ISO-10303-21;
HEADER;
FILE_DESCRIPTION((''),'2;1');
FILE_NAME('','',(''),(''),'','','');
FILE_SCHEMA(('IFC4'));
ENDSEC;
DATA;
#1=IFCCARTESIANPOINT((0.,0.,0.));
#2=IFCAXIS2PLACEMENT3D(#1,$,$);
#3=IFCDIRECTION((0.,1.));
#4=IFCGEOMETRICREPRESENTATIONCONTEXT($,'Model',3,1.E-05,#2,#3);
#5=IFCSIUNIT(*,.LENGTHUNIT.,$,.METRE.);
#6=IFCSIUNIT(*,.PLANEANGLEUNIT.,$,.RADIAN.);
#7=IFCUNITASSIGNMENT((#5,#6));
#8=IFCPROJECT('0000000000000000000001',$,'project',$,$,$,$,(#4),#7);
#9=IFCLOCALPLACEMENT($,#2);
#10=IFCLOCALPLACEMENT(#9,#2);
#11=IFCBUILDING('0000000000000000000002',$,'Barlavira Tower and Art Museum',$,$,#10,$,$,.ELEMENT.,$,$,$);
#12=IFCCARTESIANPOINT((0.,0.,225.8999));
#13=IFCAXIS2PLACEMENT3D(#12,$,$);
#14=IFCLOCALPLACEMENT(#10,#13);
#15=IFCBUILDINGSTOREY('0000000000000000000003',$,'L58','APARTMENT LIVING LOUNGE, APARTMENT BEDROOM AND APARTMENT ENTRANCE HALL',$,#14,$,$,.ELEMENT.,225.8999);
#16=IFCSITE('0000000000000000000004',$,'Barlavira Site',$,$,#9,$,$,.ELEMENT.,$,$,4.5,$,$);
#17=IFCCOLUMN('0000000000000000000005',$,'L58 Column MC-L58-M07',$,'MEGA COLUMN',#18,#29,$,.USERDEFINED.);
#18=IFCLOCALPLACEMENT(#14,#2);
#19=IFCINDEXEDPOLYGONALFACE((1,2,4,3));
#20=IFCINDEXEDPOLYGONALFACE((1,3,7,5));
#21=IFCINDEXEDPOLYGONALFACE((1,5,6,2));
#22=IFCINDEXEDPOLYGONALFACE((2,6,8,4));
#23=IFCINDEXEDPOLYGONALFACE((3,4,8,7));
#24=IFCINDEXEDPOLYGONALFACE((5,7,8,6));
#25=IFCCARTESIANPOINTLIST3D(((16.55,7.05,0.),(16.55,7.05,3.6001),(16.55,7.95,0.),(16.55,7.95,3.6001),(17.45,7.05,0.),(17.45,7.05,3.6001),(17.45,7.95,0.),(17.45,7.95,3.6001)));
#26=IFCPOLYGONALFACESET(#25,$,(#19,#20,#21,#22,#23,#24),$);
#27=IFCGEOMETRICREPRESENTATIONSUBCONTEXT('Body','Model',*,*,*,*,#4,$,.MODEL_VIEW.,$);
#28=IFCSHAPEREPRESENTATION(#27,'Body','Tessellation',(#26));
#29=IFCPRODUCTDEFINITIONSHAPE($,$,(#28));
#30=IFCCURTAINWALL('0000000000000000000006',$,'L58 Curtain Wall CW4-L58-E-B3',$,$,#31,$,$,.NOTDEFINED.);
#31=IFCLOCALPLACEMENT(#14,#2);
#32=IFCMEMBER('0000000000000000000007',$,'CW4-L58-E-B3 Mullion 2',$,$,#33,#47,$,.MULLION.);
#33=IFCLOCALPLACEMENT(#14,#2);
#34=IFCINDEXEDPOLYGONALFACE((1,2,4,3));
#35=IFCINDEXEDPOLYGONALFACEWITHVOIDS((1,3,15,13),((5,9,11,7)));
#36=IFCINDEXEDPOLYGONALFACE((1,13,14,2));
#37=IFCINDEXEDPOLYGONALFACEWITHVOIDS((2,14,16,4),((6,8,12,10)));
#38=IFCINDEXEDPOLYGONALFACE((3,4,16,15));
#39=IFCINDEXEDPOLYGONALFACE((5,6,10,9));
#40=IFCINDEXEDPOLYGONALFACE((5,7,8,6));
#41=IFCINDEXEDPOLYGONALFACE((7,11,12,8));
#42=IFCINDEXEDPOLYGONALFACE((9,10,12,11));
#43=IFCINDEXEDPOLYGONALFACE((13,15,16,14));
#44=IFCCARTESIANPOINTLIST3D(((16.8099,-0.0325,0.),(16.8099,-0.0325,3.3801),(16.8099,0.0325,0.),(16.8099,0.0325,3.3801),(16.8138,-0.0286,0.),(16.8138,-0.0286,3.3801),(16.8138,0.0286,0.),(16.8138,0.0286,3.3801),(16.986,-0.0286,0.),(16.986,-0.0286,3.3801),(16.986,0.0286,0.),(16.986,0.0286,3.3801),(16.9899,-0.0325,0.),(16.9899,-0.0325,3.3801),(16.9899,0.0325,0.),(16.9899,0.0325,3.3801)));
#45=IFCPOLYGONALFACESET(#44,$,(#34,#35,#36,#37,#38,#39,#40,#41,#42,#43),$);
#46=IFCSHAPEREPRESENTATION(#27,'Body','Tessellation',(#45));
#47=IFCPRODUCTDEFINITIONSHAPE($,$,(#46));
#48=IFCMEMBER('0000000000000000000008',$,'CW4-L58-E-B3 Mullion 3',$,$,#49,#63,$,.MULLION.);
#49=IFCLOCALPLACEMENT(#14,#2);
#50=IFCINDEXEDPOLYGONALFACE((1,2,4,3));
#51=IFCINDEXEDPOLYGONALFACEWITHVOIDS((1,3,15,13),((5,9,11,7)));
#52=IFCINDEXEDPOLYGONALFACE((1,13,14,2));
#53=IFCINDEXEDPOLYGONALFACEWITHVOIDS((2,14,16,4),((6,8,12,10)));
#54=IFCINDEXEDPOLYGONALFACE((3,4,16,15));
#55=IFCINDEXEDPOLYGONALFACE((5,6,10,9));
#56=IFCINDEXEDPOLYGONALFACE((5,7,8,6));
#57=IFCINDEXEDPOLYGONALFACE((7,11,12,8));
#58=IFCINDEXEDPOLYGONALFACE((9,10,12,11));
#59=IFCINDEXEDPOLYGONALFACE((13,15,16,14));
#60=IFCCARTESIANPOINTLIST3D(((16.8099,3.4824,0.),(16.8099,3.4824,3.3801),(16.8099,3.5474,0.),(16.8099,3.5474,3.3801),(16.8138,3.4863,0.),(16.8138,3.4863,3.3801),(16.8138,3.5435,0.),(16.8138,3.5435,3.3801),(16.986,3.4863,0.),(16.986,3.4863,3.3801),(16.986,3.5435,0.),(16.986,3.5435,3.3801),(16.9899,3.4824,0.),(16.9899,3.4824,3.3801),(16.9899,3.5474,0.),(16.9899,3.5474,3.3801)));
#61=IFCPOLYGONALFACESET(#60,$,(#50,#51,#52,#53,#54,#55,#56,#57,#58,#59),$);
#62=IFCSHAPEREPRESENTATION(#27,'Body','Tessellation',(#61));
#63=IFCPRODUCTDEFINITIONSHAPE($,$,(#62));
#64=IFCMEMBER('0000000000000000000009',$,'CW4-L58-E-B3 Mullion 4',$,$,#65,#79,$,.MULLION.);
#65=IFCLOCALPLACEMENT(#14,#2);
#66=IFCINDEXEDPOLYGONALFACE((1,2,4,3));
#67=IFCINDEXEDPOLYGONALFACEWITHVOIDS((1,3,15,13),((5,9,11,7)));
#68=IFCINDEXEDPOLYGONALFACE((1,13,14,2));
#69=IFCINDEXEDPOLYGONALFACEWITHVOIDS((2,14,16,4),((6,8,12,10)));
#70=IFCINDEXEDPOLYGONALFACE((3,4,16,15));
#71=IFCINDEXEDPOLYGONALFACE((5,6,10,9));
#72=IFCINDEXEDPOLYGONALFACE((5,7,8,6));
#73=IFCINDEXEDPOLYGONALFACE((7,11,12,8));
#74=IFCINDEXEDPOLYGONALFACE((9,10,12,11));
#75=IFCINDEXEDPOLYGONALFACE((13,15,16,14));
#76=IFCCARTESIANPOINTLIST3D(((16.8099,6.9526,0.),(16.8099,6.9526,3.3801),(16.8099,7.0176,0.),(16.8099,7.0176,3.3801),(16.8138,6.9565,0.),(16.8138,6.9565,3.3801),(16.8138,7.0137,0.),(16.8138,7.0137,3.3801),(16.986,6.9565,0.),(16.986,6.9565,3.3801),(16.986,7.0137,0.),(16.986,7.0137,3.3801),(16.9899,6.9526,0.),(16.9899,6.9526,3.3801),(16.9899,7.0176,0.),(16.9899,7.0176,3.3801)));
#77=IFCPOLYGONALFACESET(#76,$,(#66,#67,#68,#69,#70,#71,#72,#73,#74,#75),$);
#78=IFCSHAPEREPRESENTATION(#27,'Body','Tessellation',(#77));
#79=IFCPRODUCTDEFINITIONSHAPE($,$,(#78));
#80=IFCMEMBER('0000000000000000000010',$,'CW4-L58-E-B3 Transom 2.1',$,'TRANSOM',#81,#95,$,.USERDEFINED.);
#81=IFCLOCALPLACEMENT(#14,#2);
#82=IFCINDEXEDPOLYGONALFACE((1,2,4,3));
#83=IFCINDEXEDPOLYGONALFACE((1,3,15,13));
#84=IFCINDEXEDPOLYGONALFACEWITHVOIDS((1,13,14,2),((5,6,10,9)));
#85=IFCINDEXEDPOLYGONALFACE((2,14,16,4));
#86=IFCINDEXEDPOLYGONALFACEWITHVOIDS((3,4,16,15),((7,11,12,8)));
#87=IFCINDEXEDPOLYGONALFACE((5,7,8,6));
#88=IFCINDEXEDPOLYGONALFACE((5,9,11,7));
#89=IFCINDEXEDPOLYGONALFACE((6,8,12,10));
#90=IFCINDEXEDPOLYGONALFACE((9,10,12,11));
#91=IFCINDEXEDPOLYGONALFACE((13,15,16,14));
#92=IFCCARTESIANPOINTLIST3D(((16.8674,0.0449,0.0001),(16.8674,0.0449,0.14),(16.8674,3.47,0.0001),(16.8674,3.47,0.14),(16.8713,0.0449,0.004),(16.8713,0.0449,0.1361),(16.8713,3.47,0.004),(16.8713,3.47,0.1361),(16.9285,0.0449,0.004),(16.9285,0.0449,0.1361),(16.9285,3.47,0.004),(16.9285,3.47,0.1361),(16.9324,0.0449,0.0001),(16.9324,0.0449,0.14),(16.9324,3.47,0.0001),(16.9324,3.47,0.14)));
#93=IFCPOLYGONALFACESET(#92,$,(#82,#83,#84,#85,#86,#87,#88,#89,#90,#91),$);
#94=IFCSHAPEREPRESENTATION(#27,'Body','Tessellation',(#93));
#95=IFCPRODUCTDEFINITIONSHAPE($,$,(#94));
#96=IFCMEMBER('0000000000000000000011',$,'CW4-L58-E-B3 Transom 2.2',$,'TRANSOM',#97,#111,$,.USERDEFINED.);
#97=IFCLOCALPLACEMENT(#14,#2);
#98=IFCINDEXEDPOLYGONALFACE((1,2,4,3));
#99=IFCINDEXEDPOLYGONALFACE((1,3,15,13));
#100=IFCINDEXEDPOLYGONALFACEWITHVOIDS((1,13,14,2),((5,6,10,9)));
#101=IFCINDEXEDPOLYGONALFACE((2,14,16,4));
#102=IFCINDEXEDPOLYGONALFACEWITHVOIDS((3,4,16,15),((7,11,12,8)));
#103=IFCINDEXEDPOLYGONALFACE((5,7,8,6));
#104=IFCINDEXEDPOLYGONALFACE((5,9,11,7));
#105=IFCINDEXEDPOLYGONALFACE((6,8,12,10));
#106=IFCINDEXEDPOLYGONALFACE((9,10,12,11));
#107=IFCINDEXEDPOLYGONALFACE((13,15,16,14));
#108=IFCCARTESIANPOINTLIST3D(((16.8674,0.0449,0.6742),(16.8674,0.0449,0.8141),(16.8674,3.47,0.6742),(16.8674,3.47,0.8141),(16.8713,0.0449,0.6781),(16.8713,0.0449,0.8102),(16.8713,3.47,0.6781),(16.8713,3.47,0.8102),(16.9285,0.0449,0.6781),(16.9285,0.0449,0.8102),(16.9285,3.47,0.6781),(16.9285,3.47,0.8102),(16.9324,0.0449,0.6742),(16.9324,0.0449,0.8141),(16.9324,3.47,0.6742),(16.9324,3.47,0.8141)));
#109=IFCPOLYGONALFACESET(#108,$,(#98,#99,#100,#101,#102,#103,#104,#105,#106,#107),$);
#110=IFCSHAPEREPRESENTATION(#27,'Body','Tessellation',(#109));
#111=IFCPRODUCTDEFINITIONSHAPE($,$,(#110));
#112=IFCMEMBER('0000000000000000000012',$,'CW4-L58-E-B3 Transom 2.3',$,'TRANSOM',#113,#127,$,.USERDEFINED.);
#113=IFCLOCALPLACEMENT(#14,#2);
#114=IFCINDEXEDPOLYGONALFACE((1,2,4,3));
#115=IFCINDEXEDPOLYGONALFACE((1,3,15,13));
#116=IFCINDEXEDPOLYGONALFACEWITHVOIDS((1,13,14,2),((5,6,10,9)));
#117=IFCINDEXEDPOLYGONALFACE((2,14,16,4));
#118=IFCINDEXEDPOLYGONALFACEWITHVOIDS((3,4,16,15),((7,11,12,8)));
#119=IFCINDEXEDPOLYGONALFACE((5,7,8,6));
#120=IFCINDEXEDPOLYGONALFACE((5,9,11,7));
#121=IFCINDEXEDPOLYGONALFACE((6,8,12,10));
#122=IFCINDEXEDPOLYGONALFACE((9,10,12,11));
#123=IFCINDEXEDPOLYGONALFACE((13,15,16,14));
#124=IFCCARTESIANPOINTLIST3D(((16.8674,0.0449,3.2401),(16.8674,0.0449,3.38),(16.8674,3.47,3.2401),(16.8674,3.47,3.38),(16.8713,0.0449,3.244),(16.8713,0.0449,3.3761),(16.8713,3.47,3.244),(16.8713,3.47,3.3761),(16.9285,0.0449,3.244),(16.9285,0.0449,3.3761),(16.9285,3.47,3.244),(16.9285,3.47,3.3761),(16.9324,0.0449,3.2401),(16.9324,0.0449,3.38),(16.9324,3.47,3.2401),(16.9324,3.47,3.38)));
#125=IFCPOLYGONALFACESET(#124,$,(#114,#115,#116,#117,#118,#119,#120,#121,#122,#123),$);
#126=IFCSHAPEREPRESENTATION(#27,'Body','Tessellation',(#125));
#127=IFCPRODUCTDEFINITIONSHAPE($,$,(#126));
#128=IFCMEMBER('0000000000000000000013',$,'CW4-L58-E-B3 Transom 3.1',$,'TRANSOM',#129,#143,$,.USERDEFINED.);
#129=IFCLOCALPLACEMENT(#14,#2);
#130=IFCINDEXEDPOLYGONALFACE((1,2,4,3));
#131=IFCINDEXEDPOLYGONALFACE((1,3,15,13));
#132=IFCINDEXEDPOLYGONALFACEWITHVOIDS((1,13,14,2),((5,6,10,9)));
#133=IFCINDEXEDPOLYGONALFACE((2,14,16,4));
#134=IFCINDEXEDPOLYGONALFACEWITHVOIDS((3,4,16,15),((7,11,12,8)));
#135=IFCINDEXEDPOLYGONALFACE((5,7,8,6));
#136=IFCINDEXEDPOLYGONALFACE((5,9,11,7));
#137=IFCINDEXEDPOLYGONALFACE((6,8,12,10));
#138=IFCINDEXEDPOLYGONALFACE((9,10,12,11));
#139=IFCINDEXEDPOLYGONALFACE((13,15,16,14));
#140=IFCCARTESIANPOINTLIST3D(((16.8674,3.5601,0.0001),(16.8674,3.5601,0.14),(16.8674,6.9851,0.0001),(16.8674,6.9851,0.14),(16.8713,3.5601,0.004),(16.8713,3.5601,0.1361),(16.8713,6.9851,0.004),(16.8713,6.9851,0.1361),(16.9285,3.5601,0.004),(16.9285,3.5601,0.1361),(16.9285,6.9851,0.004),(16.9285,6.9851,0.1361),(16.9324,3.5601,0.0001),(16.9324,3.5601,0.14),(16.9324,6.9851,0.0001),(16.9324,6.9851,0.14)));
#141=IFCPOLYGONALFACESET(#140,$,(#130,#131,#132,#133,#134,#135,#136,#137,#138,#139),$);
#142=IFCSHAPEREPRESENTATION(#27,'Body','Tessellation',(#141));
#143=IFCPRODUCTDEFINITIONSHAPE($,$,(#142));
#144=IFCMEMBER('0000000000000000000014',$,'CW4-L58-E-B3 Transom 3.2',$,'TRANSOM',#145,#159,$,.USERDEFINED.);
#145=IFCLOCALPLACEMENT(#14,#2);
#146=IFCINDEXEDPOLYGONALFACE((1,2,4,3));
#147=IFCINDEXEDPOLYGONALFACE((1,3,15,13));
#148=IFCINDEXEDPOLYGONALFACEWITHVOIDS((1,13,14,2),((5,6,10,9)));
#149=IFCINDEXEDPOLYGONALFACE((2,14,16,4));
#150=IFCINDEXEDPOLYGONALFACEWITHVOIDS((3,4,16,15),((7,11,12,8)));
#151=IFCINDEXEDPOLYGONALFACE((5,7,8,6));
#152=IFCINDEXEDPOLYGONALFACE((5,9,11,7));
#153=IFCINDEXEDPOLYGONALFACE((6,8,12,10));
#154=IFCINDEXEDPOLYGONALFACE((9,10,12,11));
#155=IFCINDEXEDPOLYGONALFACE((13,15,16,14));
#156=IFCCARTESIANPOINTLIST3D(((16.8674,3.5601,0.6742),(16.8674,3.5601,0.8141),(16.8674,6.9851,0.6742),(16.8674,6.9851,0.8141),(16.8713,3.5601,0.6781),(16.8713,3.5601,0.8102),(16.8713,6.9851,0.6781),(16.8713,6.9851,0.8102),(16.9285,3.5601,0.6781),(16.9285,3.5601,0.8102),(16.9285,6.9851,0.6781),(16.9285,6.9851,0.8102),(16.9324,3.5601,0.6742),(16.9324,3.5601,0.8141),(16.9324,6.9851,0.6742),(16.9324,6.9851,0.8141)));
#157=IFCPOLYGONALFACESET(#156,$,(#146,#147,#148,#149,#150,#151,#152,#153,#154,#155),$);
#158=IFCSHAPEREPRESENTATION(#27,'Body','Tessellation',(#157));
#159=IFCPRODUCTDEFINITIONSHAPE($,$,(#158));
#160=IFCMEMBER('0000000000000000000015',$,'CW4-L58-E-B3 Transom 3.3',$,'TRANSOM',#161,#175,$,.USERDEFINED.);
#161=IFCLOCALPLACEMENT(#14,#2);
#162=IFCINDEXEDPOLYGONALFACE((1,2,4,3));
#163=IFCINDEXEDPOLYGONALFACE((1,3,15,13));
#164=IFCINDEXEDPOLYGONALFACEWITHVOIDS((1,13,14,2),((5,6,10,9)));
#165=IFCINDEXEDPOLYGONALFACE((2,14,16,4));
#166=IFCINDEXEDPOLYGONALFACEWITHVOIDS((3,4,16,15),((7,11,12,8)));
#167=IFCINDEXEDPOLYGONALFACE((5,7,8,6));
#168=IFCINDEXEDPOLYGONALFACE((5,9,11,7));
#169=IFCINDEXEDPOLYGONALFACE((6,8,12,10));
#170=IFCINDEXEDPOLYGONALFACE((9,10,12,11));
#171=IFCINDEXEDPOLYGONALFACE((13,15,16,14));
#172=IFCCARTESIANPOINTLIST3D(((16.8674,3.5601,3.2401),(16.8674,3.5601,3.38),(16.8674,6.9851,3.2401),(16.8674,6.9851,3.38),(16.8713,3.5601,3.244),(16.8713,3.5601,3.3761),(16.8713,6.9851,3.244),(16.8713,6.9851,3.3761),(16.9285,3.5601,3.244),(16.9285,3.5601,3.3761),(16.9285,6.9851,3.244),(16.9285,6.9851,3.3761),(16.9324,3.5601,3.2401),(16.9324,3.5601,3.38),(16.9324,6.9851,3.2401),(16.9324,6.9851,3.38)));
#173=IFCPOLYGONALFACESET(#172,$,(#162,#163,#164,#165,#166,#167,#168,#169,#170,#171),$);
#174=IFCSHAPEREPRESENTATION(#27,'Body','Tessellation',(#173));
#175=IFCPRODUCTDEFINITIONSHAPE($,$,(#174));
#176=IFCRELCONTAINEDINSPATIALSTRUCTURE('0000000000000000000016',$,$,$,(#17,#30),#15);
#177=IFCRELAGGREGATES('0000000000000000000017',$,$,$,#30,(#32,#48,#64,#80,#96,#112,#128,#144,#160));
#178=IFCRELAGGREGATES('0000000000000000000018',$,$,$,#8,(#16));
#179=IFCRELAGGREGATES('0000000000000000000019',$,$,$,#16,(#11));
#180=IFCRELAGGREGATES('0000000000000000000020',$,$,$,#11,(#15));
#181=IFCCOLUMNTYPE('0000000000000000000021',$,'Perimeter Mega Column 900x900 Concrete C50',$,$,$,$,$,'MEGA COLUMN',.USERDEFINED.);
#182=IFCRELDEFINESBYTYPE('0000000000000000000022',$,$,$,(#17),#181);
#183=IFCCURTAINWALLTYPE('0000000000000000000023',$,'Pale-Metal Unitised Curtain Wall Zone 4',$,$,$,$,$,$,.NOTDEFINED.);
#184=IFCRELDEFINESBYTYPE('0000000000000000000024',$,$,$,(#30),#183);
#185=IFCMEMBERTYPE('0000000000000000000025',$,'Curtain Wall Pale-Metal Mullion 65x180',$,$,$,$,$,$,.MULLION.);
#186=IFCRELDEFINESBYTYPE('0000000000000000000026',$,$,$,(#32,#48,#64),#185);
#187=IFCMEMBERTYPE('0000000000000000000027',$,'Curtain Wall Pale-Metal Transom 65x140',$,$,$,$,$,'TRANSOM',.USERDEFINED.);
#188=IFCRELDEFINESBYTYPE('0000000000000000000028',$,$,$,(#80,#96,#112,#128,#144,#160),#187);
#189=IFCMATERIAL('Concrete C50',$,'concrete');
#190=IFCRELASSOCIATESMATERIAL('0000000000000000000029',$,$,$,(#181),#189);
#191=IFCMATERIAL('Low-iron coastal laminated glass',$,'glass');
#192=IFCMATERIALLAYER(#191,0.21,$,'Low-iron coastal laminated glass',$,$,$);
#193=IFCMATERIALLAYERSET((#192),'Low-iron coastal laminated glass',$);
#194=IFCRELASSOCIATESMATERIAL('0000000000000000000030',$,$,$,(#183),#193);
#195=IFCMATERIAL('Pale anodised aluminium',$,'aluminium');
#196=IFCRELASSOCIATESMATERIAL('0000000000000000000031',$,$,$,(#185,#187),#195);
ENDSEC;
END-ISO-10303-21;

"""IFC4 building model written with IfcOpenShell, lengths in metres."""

from ifc_helpers import new_model, si_unit, direction, frame, origin, origin_2d, place, context, subcontext, project, spatial, rectangle, hollow_rectangle, extrude, material, layer, layer_set, material_profile, profile_set, type_object, element, aggregate, save


model = new_model("IFC4")

# Units and contexts
model_context = context("Model", 3, precision=1e-05, world=origin(), true_north=direction((0.0, 1.0)))
body_context = subcontext(model_context, "Body", "Model", "MODEL_VIEW")
ifc_project = project(units=[si_unit("LENGTHUNIT", "METRE"), si_unit("PLANEANGLEUNIT", "RADIAN")], contexts=[model_context])

# Site, building, storey
site_placement = place(None, origin())
site = spatial("IfcSite", under=ifc_project, at=site_placement, Name="Barlavira Site", CompositionType="ELEMENT", RefElevation=4.5)
building_placement = place(site_placement, origin())
building = spatial("IfcBuilding", under=site, at=building_placement, Name="Barlavira Tower and Art Museum", CompositionType="ELEMENT")
storey_placement = place(building_placement, frame((0.0, 0.0, 225.8999)))
storey = spatial("IfcBuildingStorey", under=building, at=storey_placement, Name="L58", Description="APARTMENT LIVING LOUNGE, APARTMENT BEDROOM AND APARTMENT ENTRANCE HALL", CompositionType="ELEMENT", Elevation=225.8999)

# Column
ifc_material_1 = material(Name="Concrete C50", Category="concrete")
ifc_material_profile_1 = material_profile(ifc_material_1, rectangle(XDim=0.8999, YDim=0.8999, at=origin_2d()), Name="RC-COL 900x900")
ifc_profile_set_1 = profile_set([ifc_material_profile_1], Name="Concrete C50")
column_type = type_object("IfcColumnType", Name="Perimeter Mega Column 900x900 Concrete C50", ElementType="MEGA COLUMN", PredefinedType="USERDEFINED", material=ifc_profile_set_1)
column_placement = place(storey_placement, frame((17.0, 7.5, 0.0), z_axis=(0.0, 0.0, 1.0), x_axis=(1.0, 0.0, 0.0)))
element("IfcColumn", 1, at=column_placement, inside=storey, type_object=column_type, Name="L58 Column MC-L58-M07", ObjectType="MEGA COLUMN", PredefinedType="USERDEFINED", context=body_context, shape_type="SweptSolid", body=[
    extrude(rectangle(XDim=0.8999, YDim=0.8999, at=origin_2d()), origin(), (0.0, 0.0, 1.0), 3.6001),
])

# Curtain wall, members
ifc_material_2 = material(Name="Low-iron coastal laminated glass", Category="glass")
ifc_layer_1 = layer(ifc_material_2, 0.21, Name="Low-iron coastal laminated glass")
ifc_layer_set_1 = layer_set([ifc_layer_1], Name="Low-iron coastal laminated glass")
curtain_wall_type = type_object("IfcCurtainWallType", Name="Pale-Metal Unitised Curtain Wall Zone 4", PredefinedType="NOTDEFINED", material=ifc_layer_set_1)
curtain_wall_placement = place(storey_placement, origin())
curtain_wall = element("IfcCurtainWall", 2, at=curtain_wall_placement, inside=storey, type_object=curtain_wall_type, Name="L58 Curtain Wall CW4-L58-E-B3", PredefinedType="NOTDEFINED")
ifc_material_3 = material(Name="Pale anodised aluminium", Category="aluminium")
ifc_material_profile_2 = material_profile(ifc_material_3, hollow_rectangle(XDim=0.0649, YDim=0.1799, WallThickness=0.0039, at=origin_2d()), Name="ALU-MULL 65x180x4")
ifc_profile_set_2 = profile_set([ifc_material_profile_2], Name="Pale anodised aluminium")
member_type_1 = type_object("IfcMemberType", Name="Curtain Wall Pale-Metal Mullion 65x180", PredefinedType="MULLION", material=ifc_profile_set_2)
member_1_placement = place(storey_placement, frame((16.8999, 0.0, 0.0), z_axis=(0.0, 0.0, 1.0), x_axis=(0.0, 1.0, 0.0)))
member_1 = element("IfcMember", 3, at=member_1_placement, type_object=member_type_1, Name="CW4-L58-E-B3 Mullion 2", PredefinedType="MULLION", context=body_context, shape_type="SweptSolid", body=[
    extrude(hollow_rectangle(XDim=0.0649, YDim=0.1799, WallThickness=0.0039, at=origin_2d()), origin(), (0.0, 0.0, 1.0), 3.3801),
])
member_2_placement = place(storey_placement, frame((16.8999, 3.5149, 0.0), z_axis=(0.0, 0.0, 1.0), x_axis=(0.0, 1.0, 0.0)))
member_2 = element("IfcMember", 4, at=member_2_placement, type_object=member_type_1, Name="CW4-L58-E-B3 Mullion 3", PredefinedType="MULLION", context=body_context, shape_type="SweptSolid", body=[
    extrude(hollow_rectangle(XDim=0.0649, YDim=0.1799, WallThickness=0.0039, at=origin_2d()), origin(), (0.0, 0.0, 1.0), 3.3801),
])
member_3_placement = place(storey_placement, frame((16.8999, 6.9851, 0.0), z_axis=(0.0, 0.0, 1.0), x_axis=(0.0, 1.0, 0.0)))
member_3 = element("IfcMember", 5, at=member_3_placement, type_object=member_type_1, Name="CW4-L58-E-B3 Mullion 4", PredefinedType="MULLION", context=body_context, shape_type="SweptSolid", body=[
    extrude(hollow_rectangle(XDim=0.0649, YDim=0.1799, WallThickness=0.0039, at=origin_2d()), origin(), (0.0, 0.0, 1.0), 3.3801),
])
ifc_material_profile_3 = material_profile(ifc_material_3, hollow_rectangle(XDim=0.0649, YDim=0.1399, WallThickness=0.0039, at=origin_2d()), Name="ALU-TRAN 65x140x4")
ifc_profile_set_3 = profile_set([ifc_material_profile_3], Name="Pale anodised aluminium")
member_type_2 = type_object("IfcMemberType", Name="Curtain Wall Pale-Metal Transom 65x140", ElementType="TRANSOM", PredefinedType="USERDEFINED", material=ifc_profile_set_3)
member_4_placement = place(storey_placement, frame((16.8999, 0.0449, 0.0701), z_axis=(0.0, 1.0, 0.0), x_axis=(-1.0, 0.0, 0.0)))
member_4 = element("IfcMember", 6, at=member_4_placement, type_object=member_type_2, Name="CW4-L58-E-B3 Transom 2.1", ObjectType="TRANSOM", PredefinedType="USERDEFINED", context=body_context, shape_type="SweptSolid", body=[
    extrude(hollow_rectangle(XDim=0.0649, YDim=0.1399, WallThickness=0.0039, at=origin_2d()), origin(), (0.0, 0.0, 1.0), 3.425),
])
member_5_placement = place(storey_placement, frame((16.8999, 0.0449, 0.7441), z_axis=(0.0, 1.0, 0.0), x_axis=(-1.0, 0.0, 0.0)))
member_5 = element("IfcMember", 7, at=member_5_placement, type_object=member_type_2, Name="CW4-L58-E-B3 Transom 2.2", ObjectType="TRANSOM", PredefinedType="USERDEFINED", context=body_context, shape_type="SweptSolid", body=[
    extrude(hollow_rectangle(XDim=0.0649, YDim=0.1399, WallThickness=0.0039, at=origin_2d()), origin(), (0.0, 0.0, 1.0), 3.425),
])
member_6_placement = place(storey_placement, frame((16.8999, 0.0449, 3.3101), z_axis=(0.0, 1.0, 0.0), x_axis=(-1.0, 0.0, 0.0)))
member_6 = element("IfcMember", 8, at=member_6_placement, type_object=member_type_2, Name="CW4-L58-E-B3 Transom 2.3", ObjectType="TRANSOM", PredefinedType="USERDEFINED", context=body_context, shape_type="SweptSolid", body=[
    extrude(hollow_rectangle(XDim=0.0649, YDim=0.1399, WallThickness=0.0039, at=origin_2d()), origin(), (0.0, 0.0, 1.0), 3.425),
])
member_7_placement = place(storey_placement, frame((16.8999, 3.5601, 0.0701), z_axis=(0.0, 1.0, 0.0), x_axis=(-1.0, 0.0, 0.0)))
member_7 = element("IfcMember", 9, at=member_7_placement, type_object=member_type_2, Name="CW4-L58-E-B3 Transom 3.1", ObjectType="TRANSOM", PredefinedType="USERDEFINED", context=body_context, shape_type="SweptSolid", body=[
    extrude(hollow_rectangle(XDim=0.0649, YDim=0.1399, WallThickness=0.0039, at=origin_2d()), origin(), (0.0, 0.0, 1.0), 3.425),
])
member_8_placement = place(storey_placement, frame((16.8999, 3.5601, 0.7441), z_axis=(0.0, 1.0, 0.0), x_axis=(-1.0, 0.0, 0.0)))
member_8 = element("IfcMember", 10, at=member_8_placement, type_object=member_type_2, Name="CW4-L58-E-B3 Transom 3.2", ObjectType="TRANSOM", PredefinedType="USERDEFINED", context=body_context, shape_type="SweptSolid", body=[
    extrude(hollow_rectangle(XDim=0.0649, YDim=0.1399, WallThickness=0.0039, at=origin_2d()), origin(), (0.0, 0.0, 1.0), 3.425),
])
member_9_placement = place(storey_placement, frame((16.8999, 3.5601, 3.3101), z_axis=(0.0, 1.0, 0.0), x_axis=(-1.0, 0.0, 0.0)))
member_9 = element("IfcMember", 11, at=member_9_placement, type_object=member_type_2, Name="CW4-L58-E-B3 Transom 3.3", ObjectType="TRANSOM", PredefinedType="USERDEFINED", context=body_context, shape_type="SweptSolid", body=[
    extrude(hollow_rectangle(XDim=0.0649, YDim=0.1399, WallThickness=0.0039, at=origin_2d()), origin(), (0.0, 0.0, 1.0), 3.425),
])

aggregate(curtain_wall, [member_1, member_2, member_3, member_4, member_5, member_6, member_7, member_8, member_9])

save(model, "model.ifc")
